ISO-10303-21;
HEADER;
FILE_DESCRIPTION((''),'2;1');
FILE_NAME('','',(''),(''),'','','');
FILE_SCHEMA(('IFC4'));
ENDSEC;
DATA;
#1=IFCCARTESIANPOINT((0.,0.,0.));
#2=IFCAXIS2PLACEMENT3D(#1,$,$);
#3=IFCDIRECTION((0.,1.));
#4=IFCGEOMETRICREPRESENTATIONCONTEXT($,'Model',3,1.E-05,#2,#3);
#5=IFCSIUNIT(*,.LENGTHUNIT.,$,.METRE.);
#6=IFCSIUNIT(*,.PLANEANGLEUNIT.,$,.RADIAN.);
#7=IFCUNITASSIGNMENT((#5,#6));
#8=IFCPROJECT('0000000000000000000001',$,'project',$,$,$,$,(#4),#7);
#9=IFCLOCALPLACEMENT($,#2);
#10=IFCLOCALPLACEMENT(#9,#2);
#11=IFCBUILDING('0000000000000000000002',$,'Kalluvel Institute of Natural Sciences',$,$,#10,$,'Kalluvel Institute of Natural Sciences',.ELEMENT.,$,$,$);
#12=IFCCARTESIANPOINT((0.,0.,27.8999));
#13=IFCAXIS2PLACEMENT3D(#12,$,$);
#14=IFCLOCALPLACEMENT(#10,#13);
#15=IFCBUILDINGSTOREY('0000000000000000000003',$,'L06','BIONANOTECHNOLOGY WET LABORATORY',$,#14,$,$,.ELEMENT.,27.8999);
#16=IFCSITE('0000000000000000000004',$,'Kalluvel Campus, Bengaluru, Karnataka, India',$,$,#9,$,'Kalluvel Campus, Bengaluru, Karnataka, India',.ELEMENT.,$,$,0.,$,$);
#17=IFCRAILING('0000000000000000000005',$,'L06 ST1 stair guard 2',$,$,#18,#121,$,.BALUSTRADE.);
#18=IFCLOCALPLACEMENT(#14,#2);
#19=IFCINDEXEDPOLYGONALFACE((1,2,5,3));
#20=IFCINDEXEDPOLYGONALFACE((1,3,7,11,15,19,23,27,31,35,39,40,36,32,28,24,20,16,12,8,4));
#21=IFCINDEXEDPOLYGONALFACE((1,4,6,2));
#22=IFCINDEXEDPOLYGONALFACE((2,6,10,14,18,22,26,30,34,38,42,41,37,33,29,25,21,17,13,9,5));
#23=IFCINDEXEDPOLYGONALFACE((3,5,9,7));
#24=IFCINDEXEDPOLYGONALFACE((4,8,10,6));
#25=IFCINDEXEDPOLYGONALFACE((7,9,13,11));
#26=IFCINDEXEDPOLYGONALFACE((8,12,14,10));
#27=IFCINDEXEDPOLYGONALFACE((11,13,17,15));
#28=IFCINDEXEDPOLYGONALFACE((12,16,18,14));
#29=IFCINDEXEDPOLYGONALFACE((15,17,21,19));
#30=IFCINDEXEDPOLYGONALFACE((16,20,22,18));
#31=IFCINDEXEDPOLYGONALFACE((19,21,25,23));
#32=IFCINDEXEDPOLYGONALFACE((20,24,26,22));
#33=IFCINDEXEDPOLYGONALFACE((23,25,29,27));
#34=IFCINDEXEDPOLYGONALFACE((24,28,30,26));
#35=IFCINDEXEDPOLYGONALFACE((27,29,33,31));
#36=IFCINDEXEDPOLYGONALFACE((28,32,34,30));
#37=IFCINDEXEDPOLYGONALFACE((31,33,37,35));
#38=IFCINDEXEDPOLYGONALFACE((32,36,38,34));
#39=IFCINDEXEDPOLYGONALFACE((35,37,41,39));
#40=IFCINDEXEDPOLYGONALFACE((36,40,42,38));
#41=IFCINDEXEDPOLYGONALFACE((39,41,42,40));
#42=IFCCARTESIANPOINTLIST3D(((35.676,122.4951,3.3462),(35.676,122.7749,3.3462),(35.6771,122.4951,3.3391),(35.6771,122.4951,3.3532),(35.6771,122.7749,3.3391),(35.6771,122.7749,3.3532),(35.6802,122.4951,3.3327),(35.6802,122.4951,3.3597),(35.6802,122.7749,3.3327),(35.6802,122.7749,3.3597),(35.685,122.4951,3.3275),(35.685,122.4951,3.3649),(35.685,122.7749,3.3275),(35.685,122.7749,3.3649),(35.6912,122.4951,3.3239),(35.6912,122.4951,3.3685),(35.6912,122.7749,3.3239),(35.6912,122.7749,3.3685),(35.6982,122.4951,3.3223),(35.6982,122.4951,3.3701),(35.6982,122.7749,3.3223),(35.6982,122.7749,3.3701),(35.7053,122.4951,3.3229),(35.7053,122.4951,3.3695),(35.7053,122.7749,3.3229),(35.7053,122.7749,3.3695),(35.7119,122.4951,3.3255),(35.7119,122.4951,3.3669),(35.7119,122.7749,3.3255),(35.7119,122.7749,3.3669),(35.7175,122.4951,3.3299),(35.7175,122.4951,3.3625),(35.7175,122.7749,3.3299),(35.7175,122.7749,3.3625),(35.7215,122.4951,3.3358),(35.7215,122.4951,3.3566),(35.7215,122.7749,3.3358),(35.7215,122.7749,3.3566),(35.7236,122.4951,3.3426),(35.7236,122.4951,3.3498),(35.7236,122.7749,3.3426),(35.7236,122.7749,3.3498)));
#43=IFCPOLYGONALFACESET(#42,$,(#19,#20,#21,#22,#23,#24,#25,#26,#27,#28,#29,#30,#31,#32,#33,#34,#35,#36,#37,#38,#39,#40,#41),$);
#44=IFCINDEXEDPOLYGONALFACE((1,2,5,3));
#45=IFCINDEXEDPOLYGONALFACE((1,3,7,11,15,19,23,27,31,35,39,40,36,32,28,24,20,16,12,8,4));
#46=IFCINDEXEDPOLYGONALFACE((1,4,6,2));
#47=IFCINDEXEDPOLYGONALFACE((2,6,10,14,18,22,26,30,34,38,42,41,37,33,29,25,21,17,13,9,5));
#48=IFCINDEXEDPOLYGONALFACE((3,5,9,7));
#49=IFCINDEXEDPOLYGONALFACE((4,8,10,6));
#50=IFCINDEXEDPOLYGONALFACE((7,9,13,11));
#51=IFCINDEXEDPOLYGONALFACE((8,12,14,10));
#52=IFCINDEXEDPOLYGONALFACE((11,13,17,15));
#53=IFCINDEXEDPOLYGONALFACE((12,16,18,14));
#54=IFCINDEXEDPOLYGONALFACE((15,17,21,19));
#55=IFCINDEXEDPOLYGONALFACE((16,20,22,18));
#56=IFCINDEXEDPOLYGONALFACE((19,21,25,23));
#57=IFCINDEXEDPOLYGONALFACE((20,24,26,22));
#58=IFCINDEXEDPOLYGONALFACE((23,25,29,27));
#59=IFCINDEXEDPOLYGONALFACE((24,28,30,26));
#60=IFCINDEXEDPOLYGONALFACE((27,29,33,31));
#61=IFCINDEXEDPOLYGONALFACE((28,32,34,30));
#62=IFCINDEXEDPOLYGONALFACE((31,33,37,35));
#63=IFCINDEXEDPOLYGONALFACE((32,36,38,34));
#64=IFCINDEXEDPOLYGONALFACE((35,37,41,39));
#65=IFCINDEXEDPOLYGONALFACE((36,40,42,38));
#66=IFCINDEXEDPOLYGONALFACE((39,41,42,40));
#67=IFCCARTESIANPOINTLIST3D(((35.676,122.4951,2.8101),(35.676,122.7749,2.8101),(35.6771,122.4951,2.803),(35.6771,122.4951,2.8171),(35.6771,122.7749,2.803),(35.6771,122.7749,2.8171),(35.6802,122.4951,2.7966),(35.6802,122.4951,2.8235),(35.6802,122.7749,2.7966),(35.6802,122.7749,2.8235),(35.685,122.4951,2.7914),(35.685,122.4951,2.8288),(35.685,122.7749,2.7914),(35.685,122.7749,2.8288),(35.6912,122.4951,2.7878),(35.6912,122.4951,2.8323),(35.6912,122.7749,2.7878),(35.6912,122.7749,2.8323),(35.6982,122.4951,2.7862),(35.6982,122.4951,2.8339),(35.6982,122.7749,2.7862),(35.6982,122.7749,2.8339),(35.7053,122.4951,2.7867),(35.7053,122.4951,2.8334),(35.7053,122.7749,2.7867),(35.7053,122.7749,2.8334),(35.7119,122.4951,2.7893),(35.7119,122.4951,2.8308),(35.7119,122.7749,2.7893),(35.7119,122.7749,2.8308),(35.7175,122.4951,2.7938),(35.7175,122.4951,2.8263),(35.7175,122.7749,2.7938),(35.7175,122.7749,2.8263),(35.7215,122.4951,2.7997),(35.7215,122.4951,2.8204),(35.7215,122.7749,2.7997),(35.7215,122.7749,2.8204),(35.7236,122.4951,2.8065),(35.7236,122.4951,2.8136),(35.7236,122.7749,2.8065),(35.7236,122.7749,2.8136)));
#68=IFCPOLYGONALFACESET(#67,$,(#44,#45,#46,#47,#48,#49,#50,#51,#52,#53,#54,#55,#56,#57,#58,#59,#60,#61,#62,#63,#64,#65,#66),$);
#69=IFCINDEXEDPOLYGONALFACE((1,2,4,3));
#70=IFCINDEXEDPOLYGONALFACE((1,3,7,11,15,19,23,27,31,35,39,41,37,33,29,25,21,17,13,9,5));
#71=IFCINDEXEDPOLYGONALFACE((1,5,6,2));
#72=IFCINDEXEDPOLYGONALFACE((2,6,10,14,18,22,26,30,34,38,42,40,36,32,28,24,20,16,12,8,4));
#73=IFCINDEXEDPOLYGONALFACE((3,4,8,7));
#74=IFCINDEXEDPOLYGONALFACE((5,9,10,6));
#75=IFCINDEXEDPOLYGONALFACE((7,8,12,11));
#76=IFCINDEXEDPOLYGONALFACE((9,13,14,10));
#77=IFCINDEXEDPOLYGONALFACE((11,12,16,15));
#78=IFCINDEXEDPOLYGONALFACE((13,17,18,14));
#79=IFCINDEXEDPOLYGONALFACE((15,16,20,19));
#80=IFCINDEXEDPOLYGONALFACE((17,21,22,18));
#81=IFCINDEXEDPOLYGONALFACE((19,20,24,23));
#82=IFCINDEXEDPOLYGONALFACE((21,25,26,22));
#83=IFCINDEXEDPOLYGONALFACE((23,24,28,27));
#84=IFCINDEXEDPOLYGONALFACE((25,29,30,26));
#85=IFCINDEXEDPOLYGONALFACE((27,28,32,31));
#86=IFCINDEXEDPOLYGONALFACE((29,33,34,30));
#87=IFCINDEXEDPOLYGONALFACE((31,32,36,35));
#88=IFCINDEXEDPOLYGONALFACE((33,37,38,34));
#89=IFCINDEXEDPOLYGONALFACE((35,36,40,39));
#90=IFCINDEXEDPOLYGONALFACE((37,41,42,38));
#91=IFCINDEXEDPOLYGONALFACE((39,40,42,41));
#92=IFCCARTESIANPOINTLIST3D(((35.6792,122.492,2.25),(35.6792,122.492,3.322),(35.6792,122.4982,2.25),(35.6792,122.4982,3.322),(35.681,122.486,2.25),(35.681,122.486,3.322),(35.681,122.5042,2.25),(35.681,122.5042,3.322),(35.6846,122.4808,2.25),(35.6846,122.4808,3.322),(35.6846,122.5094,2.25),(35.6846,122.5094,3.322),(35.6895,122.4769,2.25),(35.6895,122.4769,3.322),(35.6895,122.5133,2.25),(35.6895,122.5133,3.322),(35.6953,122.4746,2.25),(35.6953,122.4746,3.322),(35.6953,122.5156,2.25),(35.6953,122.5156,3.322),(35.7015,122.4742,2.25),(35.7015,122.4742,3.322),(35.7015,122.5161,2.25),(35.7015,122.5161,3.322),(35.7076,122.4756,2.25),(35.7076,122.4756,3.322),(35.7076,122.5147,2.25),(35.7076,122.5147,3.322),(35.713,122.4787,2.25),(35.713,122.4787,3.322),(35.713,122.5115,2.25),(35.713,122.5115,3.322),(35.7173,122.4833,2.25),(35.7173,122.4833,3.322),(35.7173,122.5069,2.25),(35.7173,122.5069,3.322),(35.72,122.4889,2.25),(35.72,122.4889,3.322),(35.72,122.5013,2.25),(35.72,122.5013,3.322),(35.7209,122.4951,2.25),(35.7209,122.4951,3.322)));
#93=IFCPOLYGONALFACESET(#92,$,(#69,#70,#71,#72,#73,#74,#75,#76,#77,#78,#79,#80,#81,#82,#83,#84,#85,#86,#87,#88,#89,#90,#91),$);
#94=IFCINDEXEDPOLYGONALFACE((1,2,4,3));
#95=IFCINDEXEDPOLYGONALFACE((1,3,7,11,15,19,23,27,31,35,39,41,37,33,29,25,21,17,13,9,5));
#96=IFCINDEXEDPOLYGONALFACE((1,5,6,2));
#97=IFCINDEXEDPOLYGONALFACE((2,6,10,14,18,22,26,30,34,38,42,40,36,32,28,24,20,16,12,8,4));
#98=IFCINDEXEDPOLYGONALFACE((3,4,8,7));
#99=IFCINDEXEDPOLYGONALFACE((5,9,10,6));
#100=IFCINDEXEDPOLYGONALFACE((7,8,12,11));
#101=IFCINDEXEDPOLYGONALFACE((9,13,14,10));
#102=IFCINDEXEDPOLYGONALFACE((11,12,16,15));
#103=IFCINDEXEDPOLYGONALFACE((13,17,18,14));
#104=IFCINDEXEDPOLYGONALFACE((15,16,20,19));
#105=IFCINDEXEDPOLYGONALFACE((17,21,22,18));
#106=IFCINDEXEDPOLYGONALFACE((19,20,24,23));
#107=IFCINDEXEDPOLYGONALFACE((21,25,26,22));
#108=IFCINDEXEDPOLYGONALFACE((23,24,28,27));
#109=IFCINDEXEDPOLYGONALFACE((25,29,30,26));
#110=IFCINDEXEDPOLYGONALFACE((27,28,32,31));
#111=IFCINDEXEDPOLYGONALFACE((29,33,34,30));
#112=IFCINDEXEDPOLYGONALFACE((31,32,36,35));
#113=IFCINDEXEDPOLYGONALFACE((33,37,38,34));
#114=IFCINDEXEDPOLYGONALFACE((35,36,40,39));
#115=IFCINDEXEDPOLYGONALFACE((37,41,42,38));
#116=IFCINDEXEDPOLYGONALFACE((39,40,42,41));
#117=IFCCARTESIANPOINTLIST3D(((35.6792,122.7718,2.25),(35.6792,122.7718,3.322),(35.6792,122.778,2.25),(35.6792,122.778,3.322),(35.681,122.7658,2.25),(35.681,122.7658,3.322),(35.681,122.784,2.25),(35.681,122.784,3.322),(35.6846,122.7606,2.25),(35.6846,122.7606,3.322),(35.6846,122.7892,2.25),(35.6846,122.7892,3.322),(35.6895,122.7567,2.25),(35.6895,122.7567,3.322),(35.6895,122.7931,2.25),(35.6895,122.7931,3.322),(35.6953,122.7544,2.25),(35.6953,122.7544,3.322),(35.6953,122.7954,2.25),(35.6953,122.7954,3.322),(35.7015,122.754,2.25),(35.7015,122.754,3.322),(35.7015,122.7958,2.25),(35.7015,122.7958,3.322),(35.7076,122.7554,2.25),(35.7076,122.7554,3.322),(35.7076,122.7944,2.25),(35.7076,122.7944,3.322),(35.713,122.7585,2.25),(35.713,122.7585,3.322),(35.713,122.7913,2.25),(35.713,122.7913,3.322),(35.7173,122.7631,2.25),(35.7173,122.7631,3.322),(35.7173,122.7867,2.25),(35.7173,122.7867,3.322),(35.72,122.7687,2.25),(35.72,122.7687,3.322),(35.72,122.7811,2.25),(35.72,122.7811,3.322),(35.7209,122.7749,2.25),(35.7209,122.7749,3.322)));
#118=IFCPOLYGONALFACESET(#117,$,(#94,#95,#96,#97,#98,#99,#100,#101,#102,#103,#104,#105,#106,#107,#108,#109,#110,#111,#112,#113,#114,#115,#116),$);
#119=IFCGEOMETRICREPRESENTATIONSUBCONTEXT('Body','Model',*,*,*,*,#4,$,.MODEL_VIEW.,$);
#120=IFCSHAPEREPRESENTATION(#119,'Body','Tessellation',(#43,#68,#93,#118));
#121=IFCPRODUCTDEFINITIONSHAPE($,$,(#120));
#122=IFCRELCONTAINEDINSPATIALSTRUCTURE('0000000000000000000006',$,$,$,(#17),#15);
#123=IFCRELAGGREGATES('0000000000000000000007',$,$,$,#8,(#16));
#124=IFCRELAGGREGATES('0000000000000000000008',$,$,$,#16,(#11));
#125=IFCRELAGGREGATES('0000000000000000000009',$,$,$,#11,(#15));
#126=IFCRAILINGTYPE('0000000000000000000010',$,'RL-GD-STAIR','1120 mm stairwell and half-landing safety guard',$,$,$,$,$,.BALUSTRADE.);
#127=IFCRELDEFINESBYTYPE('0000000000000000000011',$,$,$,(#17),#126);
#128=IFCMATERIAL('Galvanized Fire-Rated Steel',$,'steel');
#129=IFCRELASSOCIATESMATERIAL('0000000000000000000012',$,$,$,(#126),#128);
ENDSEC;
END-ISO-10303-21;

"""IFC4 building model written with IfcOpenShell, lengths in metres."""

from ifc_helpers import new_model, si_unit, direction, frame, origin, origin_2d, place, context, subcontext, project, spatial, circle, extrude, material, type_object, element, save


model = new_model("IFC4")

# Units and contexts
model_context = context("Model", 3, precision=1e-05, world=origin(), true_north=direction((0.0, 1.0)))
body_context = subcontext(model_context, "Body", "Model", "MODEL_VIEW")
ifc_project = project(units=[si_unit("LENGTHUNIT", "METRE"), si_unit("PLANEANGLEUNIT", "RADIAN")], contexts=[model_context])

# Site, building, storey
site_placement = place(None, origin())
site = spatial("IfcSite", under=ifc_project, at=site_placement, Name="Kalluvel Campus, Bengaluru, Karnataka, India", LongName="Kalluvel Campus, Bengaluru, Karnataka, India", CompositionType="ELEMENT", RefElevation=0.0)
building_placement = place(site_placement, origin())
building = spatial("IfcBuilding", under=site, at=building_placement, Name="Kalluvel Institute of Natural Sciences", LongName="Kalluvel Institute of Natural Sciences", CompositionType="ELEMENT")
storey_placement = place(building_placement, frame((0.0, 0.0, 27.8999)))
storey = spatial("IfcBuildingStorey", under=building, at=storey_placement, Name="L06", Description="BIONANOTECHNOLOGY WET LABORATORY", CompositionType="ELEMENT", Elevation=27.8999)

# Shared definitions
ifc_material_1 = material(Name="Galvanized Fire-Rated Steel", Category="steel")

# Railing
railing_type_1 = type_object("IfcRailingType", Name="RL-GD-STAIR", Description="1120 mm stairwell and half-landing safety guard", PredefinedType="BALUSTRADE", material=ifc_material_1)
railing_1_placement = place(storey_placement, frame((35.7, 122.4951, 2.25)))
element("IfcRailing", 1, at=railing_1_placement, inside=storey, type_object=railing_type_1, Name="L06 ST1 stair guard 2", PredefinedType="BALUSTRADE", context=body_context, shape_type="SweptSolid", body=[
    extrude(circle(Radius=0.0239, at=origin_2d()), frame((0.0, 0.0, 1.0962), z_axis=(0.0, 1.0, 0.0), x_axis=(-1.0, 0.0, 0.0)), (0.0, 0.0, 1.0), 0.2798),
    extrude(circle(Radius=0.0239, at=origin_2d()), frame((0.0, 0.0, 0.5601), z_axis=(0.0, 1.0, 0.0), x_axis=(-1.0, 0.0, 0.0)), (0.0, 0.0, 1.0), 0.2798),
    extrude(circle(Radius=0.021, at=origin_2d()), origin(), (0.0, 0.0, 1.0), 1.072),
    extrude(circle(Radius=0.021, at=origin_2d()), frame((0.0, 0.2798, 0.0)), (0.0, 0.0, 1.0), 1.072),
])

save(model, "model.ifc")
